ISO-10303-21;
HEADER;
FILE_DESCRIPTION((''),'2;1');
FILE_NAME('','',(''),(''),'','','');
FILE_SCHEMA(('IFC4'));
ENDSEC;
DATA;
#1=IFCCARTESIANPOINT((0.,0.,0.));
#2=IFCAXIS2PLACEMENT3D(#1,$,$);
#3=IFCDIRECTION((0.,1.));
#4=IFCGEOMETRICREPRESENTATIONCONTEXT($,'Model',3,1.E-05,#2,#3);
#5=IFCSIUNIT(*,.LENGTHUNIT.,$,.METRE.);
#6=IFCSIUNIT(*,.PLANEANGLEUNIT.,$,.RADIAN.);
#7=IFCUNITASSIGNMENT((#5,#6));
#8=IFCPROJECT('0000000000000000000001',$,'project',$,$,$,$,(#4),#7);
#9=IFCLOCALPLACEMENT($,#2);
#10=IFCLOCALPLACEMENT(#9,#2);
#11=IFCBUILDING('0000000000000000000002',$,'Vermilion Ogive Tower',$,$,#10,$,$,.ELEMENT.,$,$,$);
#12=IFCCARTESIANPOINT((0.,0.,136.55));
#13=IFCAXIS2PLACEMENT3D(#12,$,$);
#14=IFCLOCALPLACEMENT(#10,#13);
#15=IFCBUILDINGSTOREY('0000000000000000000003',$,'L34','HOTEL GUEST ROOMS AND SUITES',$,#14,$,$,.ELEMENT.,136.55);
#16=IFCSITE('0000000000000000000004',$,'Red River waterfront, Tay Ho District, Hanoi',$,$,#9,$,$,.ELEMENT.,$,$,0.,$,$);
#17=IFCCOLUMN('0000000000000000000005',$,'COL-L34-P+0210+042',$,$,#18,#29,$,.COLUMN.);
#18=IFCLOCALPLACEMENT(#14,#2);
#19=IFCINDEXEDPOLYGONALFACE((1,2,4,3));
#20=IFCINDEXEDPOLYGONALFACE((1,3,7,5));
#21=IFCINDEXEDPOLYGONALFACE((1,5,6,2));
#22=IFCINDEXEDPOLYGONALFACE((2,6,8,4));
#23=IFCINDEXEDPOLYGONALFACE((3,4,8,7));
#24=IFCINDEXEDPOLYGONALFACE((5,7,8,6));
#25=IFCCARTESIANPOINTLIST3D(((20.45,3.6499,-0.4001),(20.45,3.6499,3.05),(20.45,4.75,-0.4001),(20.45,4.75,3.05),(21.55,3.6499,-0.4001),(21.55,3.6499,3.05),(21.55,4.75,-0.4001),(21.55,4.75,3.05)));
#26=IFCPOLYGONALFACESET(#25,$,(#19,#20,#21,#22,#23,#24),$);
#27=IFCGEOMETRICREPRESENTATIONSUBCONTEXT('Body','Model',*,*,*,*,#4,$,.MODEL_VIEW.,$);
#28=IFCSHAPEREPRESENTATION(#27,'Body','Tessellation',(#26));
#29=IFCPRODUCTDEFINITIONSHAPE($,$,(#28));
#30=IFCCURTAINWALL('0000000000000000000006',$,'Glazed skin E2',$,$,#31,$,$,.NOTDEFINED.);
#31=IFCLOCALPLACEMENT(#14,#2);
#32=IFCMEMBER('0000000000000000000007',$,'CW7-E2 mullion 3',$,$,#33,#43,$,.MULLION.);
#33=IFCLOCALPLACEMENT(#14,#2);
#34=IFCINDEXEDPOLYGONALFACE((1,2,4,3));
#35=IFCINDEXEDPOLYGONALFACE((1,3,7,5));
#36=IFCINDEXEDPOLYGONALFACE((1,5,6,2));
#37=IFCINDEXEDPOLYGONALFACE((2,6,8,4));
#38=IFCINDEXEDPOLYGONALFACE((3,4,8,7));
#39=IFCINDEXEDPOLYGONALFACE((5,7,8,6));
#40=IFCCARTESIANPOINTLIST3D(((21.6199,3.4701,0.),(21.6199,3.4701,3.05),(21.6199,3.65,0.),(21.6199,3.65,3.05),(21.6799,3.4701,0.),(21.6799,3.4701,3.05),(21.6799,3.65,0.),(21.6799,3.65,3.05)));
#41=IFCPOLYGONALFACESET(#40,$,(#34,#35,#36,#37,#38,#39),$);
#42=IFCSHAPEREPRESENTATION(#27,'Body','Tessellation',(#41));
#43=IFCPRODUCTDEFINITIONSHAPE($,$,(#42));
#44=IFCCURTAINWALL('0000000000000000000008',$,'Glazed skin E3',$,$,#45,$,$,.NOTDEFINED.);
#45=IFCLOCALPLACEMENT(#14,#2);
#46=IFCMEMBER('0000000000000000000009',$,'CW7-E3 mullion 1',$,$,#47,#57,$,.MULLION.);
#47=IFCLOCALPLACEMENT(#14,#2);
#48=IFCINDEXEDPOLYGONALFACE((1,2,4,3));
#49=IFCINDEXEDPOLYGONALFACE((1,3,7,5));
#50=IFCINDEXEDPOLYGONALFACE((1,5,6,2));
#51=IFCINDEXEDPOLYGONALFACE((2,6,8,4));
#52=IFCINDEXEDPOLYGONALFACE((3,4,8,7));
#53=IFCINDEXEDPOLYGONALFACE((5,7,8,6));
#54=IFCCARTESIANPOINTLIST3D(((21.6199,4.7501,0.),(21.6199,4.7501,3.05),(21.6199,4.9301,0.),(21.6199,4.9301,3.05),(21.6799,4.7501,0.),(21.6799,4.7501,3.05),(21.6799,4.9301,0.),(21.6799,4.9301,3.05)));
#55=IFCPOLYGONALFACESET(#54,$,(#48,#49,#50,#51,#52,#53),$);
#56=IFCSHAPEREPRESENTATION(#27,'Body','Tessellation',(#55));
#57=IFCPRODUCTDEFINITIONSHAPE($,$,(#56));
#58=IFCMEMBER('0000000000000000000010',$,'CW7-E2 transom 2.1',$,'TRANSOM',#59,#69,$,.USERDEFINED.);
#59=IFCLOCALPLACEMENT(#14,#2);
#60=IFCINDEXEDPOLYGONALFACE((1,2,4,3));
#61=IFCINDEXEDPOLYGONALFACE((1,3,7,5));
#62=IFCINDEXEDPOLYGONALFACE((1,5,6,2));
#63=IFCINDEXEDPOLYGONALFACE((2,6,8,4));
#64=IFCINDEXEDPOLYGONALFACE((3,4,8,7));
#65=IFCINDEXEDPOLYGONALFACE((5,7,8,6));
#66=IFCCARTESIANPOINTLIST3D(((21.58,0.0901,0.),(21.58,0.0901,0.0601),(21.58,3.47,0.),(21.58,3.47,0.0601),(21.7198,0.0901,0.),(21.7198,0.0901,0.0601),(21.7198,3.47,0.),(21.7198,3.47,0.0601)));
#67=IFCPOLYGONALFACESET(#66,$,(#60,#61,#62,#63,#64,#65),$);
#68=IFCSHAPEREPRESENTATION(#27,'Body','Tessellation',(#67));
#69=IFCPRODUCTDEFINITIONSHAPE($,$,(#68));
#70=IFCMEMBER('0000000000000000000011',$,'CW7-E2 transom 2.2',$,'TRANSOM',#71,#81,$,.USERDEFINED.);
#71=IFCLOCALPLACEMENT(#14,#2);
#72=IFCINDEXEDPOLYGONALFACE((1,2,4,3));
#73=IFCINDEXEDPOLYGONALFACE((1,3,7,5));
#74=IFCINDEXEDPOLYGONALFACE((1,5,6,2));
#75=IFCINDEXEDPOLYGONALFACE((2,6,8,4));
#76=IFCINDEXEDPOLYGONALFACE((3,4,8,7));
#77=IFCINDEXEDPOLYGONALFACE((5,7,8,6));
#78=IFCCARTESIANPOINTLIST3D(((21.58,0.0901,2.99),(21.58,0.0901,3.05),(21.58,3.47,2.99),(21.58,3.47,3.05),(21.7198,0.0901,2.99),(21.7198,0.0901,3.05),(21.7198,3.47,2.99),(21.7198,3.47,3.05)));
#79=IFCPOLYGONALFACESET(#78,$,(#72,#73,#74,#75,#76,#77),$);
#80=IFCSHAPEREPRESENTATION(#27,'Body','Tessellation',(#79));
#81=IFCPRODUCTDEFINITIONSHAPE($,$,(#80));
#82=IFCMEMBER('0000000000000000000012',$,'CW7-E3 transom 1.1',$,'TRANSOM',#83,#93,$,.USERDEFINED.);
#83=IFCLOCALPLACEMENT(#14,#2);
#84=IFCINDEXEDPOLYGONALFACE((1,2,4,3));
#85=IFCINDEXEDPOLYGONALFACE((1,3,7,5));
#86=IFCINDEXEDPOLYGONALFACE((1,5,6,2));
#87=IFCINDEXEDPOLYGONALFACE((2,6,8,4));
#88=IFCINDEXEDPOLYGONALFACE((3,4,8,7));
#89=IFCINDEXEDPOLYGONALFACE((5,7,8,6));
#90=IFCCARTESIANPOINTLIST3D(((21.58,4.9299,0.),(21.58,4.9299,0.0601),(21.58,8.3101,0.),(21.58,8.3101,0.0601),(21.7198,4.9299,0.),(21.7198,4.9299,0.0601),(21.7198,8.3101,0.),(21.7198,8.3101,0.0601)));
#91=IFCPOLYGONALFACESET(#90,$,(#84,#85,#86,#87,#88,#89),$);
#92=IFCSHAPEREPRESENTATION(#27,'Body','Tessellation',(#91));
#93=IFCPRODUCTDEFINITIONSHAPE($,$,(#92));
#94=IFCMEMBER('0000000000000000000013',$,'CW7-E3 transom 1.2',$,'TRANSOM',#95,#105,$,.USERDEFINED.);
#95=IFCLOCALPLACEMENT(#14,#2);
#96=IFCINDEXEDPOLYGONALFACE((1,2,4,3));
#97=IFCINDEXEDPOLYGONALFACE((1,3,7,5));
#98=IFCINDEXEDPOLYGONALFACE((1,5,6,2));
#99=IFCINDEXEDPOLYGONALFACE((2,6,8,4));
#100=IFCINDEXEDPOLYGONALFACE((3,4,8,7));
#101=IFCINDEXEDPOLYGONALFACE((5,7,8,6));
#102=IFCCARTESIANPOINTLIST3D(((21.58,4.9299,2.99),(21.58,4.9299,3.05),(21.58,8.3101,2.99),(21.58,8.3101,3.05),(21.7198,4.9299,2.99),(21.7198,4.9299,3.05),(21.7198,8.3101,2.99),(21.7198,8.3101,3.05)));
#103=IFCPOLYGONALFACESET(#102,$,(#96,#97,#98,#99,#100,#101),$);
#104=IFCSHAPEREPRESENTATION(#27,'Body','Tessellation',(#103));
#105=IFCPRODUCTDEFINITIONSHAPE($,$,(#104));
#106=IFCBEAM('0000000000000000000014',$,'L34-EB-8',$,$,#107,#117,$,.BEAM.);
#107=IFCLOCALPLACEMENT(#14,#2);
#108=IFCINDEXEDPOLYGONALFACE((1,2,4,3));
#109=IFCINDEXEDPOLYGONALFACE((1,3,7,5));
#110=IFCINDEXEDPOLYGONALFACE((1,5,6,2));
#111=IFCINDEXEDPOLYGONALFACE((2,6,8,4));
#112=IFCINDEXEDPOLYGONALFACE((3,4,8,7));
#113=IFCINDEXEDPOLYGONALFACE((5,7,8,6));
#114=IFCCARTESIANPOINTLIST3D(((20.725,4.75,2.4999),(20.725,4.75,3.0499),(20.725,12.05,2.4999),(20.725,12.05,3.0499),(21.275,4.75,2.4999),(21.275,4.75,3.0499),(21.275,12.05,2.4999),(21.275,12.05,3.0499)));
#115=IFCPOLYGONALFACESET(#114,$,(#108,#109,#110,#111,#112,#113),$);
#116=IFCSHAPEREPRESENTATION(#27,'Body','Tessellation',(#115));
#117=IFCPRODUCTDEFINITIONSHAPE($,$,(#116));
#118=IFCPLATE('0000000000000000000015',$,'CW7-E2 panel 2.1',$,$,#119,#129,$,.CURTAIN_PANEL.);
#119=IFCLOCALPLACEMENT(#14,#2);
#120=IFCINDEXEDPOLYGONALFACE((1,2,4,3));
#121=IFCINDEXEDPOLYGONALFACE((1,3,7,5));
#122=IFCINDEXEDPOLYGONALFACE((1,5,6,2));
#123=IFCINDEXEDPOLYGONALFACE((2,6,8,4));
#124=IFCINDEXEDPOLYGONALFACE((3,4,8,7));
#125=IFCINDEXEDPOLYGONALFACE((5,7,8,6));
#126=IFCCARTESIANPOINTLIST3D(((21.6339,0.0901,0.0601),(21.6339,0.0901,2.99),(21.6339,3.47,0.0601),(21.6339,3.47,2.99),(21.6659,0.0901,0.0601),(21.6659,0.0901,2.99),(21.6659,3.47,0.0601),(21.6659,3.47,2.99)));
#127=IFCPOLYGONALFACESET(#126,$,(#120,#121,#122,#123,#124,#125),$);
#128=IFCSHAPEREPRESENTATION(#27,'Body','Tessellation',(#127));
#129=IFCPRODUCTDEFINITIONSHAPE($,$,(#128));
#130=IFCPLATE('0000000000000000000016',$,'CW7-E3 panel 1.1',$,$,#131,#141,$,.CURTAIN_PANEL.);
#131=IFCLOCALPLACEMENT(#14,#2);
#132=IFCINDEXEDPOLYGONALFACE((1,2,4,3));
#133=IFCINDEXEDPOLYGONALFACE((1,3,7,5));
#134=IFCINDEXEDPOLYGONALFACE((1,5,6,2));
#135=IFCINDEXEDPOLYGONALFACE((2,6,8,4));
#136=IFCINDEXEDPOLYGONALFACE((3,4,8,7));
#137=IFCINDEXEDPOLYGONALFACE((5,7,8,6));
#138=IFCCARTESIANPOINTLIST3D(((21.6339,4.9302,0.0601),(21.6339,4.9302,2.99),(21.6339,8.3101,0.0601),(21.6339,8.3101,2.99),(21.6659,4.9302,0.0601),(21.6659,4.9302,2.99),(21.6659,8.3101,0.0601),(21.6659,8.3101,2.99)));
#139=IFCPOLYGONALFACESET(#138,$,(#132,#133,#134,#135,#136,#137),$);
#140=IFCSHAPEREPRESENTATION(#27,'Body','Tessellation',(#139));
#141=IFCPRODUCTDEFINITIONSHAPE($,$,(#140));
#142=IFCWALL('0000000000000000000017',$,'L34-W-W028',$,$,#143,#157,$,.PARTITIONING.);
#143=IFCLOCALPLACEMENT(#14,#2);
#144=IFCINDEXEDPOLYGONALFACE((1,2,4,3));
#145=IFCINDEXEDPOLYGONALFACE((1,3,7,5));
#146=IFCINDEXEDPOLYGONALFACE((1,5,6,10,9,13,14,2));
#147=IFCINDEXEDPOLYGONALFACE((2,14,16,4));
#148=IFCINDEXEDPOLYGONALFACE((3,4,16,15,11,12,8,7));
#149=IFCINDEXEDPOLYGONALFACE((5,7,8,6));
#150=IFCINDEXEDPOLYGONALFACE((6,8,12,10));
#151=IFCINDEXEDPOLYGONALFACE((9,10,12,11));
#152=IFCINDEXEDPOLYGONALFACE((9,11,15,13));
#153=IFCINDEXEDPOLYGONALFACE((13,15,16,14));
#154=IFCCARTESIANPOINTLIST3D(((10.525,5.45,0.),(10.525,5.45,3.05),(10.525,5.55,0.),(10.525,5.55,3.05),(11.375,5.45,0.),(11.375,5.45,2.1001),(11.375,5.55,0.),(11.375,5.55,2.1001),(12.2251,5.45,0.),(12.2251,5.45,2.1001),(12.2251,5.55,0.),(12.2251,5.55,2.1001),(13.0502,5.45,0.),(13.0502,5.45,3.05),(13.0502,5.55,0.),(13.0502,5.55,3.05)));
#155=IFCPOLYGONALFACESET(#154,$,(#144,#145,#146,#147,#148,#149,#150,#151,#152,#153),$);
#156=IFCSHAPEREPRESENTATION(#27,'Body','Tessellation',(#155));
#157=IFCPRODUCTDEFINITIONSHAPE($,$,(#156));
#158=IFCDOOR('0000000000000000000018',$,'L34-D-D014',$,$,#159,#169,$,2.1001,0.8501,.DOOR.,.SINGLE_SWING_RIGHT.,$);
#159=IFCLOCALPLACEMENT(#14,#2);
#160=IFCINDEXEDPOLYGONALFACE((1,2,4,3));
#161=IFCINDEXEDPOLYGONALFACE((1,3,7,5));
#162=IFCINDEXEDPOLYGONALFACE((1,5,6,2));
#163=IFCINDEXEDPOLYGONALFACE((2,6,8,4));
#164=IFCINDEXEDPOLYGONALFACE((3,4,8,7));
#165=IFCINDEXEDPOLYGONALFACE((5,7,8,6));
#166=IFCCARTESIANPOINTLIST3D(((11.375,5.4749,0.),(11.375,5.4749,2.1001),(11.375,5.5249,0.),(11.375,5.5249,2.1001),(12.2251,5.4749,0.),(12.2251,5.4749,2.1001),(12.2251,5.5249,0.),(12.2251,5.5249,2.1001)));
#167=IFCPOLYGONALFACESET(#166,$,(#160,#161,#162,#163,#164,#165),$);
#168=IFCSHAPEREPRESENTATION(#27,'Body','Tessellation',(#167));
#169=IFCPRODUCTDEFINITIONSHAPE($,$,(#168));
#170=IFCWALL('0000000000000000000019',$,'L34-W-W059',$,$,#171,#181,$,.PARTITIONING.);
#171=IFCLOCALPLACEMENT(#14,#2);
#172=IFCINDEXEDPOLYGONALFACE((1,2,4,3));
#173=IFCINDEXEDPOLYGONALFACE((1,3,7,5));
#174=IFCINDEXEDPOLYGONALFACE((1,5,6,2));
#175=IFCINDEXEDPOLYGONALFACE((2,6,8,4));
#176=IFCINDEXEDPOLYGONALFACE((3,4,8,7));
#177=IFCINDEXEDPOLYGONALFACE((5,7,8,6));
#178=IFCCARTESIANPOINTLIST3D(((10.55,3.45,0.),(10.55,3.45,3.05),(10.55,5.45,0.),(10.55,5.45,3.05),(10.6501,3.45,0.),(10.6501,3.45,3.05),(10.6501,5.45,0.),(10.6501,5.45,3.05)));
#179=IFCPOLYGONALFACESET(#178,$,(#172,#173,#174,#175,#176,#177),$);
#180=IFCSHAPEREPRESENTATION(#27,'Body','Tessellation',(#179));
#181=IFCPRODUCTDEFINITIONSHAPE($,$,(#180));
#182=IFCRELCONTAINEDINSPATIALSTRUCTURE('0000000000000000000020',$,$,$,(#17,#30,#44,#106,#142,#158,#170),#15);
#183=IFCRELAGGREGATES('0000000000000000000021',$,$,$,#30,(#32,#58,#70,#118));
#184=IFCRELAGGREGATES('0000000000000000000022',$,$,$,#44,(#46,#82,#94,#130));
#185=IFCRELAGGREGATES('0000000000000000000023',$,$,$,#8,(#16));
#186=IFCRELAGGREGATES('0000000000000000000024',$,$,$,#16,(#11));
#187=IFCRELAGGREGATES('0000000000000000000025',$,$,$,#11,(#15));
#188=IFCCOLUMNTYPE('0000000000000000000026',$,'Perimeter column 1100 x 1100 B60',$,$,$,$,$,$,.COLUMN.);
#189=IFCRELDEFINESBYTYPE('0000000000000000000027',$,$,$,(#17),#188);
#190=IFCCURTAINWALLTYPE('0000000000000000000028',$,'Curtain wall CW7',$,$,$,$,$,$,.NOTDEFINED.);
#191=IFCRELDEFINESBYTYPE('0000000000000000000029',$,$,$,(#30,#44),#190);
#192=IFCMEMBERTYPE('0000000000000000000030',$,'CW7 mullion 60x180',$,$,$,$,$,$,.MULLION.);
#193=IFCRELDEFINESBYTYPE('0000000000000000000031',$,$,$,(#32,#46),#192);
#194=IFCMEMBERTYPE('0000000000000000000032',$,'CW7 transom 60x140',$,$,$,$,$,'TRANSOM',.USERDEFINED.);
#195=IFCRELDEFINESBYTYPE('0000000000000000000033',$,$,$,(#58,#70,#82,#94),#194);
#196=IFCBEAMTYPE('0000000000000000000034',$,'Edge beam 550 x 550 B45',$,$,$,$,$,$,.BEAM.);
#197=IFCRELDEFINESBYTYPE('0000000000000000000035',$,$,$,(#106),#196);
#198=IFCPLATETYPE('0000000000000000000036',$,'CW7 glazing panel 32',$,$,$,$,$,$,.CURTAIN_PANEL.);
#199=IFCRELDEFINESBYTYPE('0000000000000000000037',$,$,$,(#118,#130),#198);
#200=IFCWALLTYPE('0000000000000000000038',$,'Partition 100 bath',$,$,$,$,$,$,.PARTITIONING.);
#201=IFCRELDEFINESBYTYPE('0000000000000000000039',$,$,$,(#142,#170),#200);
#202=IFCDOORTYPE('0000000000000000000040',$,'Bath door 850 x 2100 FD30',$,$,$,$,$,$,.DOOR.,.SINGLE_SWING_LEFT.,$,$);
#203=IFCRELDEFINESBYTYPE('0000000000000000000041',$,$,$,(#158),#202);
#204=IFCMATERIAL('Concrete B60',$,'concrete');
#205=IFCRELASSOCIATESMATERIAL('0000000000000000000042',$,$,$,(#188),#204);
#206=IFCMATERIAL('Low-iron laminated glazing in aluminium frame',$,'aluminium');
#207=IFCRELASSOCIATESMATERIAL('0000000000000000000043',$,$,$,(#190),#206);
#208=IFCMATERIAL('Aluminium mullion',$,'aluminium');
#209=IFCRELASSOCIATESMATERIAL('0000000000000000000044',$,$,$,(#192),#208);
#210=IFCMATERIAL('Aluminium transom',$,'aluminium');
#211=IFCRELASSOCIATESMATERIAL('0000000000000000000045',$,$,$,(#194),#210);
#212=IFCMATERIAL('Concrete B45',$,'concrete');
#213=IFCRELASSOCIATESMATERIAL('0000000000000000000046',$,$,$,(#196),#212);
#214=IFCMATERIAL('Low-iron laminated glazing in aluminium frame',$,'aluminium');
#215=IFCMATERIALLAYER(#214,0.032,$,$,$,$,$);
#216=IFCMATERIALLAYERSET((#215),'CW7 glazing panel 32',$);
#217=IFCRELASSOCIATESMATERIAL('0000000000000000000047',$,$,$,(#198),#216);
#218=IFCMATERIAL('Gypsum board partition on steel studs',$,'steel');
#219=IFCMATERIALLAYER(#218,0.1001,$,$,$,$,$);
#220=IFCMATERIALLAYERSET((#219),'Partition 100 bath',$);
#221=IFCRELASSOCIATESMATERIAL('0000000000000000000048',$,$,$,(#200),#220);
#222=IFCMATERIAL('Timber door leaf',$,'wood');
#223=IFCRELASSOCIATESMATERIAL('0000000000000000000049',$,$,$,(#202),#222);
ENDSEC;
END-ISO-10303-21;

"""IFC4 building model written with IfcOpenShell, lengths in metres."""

from ifc_helpers import new_model, si_unit, direction, frame, frame_2d, origin, origin_2d, place, context, subcontext, project, spatial, rectangle, extrude, material, layer, layer_set, material_profile, profile_set, type_object, element, fill, aggregate, save


model = new_model("IFC4")

# Units and contexts
model_context = context("Model", 3, precision=1e-05, world=origin(), true_north=direction((0.0, 1.0)))
body_context = subcontext(model_context, "Body", "Model", "MODEL_VIEW")
ifc_project = project(units=[si_unit("LENGTHUNIT", "METRE"), si_unit("PLANEANGLEUNIT", "RADIAN")], contexts=[model_context])

# Site, building, storey
site_placement = place(None, origin())
site = spatial("IfcSite", under=ifc_project, at=site_placement, Name="Red River waterfront, Tay Ho District, Hanoi", CompositionType="ELEMENT", RefElevation=0.0)
building_placement = place(site_placement, origin())
building = spatial("IfcBuilding", under=site, at=building_placement, Name="Vermilion Ogive Tower", CompositionType="ELEMENT")
storey_placement = place(building_placement, frame((0.0, 0.0, 136.55)))
storey = spatial("IfcBuildingStorey", under=building, at=storey_placement, Name="L34", Description="HOTEL GUEST ROOMS AND SUITES", CompositionType="ELEMENT", Elevation=136.55)

# Column
ifc_material_1 = material(Name="Concrete B60", Category="concrete")
ifc_material_profile_1 = material_profile(ifc_material_1, rectangle(XDim=1.1001, YDim=1.1001, at=origin_2d()), Name="1100 x 1100")
ifc_profile_set_1 = profile_set([ifc_material_profile_1], Name="Concrete B60")
column_type = type_object("IfcColumnType", Name="Perimeter column 1100 x 1100 B60", PredefinedType="COLUMN", material=ifc_profile_set_1)
column_placement = place(storey_placement, frame((21.0, 4.2, -0.4001), z_axis=(0.0, 0.0, 1.0), x_axis=(1.0, 0.0, 0.0)))
element("IfcColumn", 1, at=column_placement, inside=storey, type_object=column_type, Name="COL-L34-P+0210+042", PredefinedType="COLUMN", context=body_context, shape_type="SweptSolid", body=[
    extrude(rectangle(XDim=1.1001, YDim=1.1001, at=origin_2d()), origin(), (0.0, 0.0, 1.0), 3.4502),
])

# Curtain walls, members
ifc_material_2 = material(Name="Low-iron laminated glazing in aluminium frame", Category="aluminium")
curtain_wall_type = type_object("IfcCurtainWallType", Name="Curtain wall CW7", PredefinedType="NOTDEFINED", material=ifc_material_2)
curtain_wall_1_placement = place(storey_placement, origin())
curtain_wall_1 = element("IfcCurtainWall", 2, at=curtain_wall_1_placement, inside=storey, type_object=curtain_wall_type, Name="Glazed skin E2", PredefinedType="NOTDEFINED")
ifc_material_3 = material(Name="Aluminium mullion", Category="aluminium")
ifc_material_profile_2 = material_profile(ifc_material_3, rectangle(XDim=0.0601, YDim=0.1799, at=origin_2d()), Name="AL 60x180")
ifc_profile_set_2 = profile_set([ifc_material_profile_2], Name="Aluminium mullion")
member_type_1 = type_object("IfcMemberType", Name="CW7 mullion 60x180", PredefinedType="MULLION", material=ifc_profile_set_2)
member_1_placement = place(storey_placement, frame((21.6499, 3.5601, 0.0), z_axis=(0.0, 0.0, 1.0), x_axis=(-1.0, 0.0, 0.0)))
member_1 = element("IfcMember", 3, at=member_1_placement, type_object=member_type_1, Name="CW7-E2 mullion 3", PredefinedType="MULLION", context=body_context, shape_type="SweptSolid", body=[
    extrude(rectangle(XDim=0.0601, YDim=0.1799, at=origin_2d()), origin(), (0.0, 0.0, 1.0), 3.05),
])
curtain_wall_2_placement = place(storey_placement, origin())
curtain_wall_2 = element("IfcCurtainWall", 4, at=curtain_wall_2_placement, inside=storey, type_object=curtain_wall_type, Name="Glazed skin E3", PredefinedType="NOTDEFINED")
member_2_placement = place(storey_placement, frame((21.6499, 4.8401, 0.0), z_axis=(0.0, 0.0, 1.0), x_axis=(-1.0, 0.0, 0.0)))
member_2 = element("IfcMember", 5, at=member_2_placement, type_object=member_type_1, Name="CW7-E3 mullion 1", PredefinedType="MULLION", context=body_context, shape_type="SweptSolid", body=[
    extrude(rectangle(XDim=0.0601, YDim=0.1799, at=origin_2d()), origin(), (0.0, 0.0, 1.0), 3.05),
])

# Members
ifc_material_4 = material(Name="Aluminium transom", Category="aluminium")
ifc_material_profile_3 = material_profile(ifc_material_4, rectangle(XDim=0.1399, YDim=0.0601, at=origin_2d()), Name="AL 60x140")
ifc_profile_set_3 = profile_set([ifc_material_profile_3], Name="Aluminium transom")
member_type_2 = type_object("IfcMemberType", Name="CW7 transom 60x140", ElementType="TRANSOM", PredefinedType="USERDEFINED", material=ifc_profile_set_3)
member_3_placement = place(storey_placement, frame((21.6499, 0.0901, 0.03), z_axis=(0.0, 1.0, 0.0), x_axis=(-1.0, 0.0, 0.0)))
member_3 = element("IfcMember", 6, at=member_3_placement, type_object=member_type_2, Name="CW7-E2 transom 2.1", ObjectType="TRANSOM", PredefinedType="USERDEFINED", context=body_context, shape_type="SweptSolid", body=[
    extrude(rectangle(XDim=0.1399, YDim=0.0601, at=origin_2d()), origin(), (0.0, 0.0, 1.0), 3.3799),
])
member_4_placement = place(storey_placement, frame((21.6499, 0.0901, 3.02), z_axis=(0.0, 1.0, 0.0), x_axis=(-1.0, 0.0, 0.0)))
member_4 = element("IfcMember", 7, at=member_4_placement, type_object=member_type_2, Name="CW7-E2 transom 2.2", ObjectType="TRANSOM", PredefinedType="USERDEFINED", context=body_context, shape_type="SweptSolid", body=[
    extrude(rectangle(XDim=0.1399, YDim=0.0601, at=origin_2d()), origin(), (0.0, 0.0, 1.0), 3.3799),
])
member_5_placement = place(storey_placement, frame((21.6499, 4.9299, 0.03), z_axis=(0.0, 1.0, 0.0), x_axis=(-1.0, 0.0, 0.0)))
member_5 = element("IfcMember", 8, at=member_5_placement, type_object=member_type_2, Name="CW7-E3 transom 1.1", ObjectType="TRANSOM", PredefinedType="USERDEFINED", context=body_context, shape_type="SweptSolid", body=[
    extrude(rectangle(XDim=0.1399, YDim=0.0601, at=origin_2d()), origin(), (0.0, 0.0, 1.0), 3.3801),
])
member_6_placement = place(storey_placement, frame((21.6499, 4.9299, 3.02), z_axis=(0.0, 1.0, 0.0), x_axis=(-1.0, 0.0, 0.0)))
member_6 = element("IfcMember", 9, at=member_6_placement, type_object=member_type_2, Name="CW7-E3 transom 1.2", ObjectType="TRANSOM", PredefinedType="USERDEFINED", context=body_context, shape_type="SweptSolid", body=[
    extrude(rectangle(XDim=0.1399, YDim=0.0601, at=origin_2d()), origin(), (0.0, 0.0, 1.0), 3.3801),
])

# Beam
ifc_material_5 = material(Name="Concrete B45", Category="concrete")
ifc_material_profile_4 = material_profile(ifc_material_5, rectangle(XDim=0.55, YDim=0.55, at=origin_2d()), Name="550 x 550")
ifc_profile_set_4 = profile_set([ifc_material_profile_4], Name="Concrete B45")
beam_type = type_object("IfcBeamType", Name="Edge beam 550 x 550 B45", PredefinedType="BEAM", material=ifc_profile_set_4)
beam_placement = place(storey_placement, frame((21.0, 4.75, 2.7749), z_axis=(0.0, 1.0, 0.0), x_axis=(-1.0, 0.0, 0.0)))
element("IfcBeam", 10, at=beam_placement, inside=storey, type_object=beam_type, Name="L34-EB-8", PredefinedType="BEAM", context=body_context, shape_type="SweptSolid", body=[
    extrude(rectangle(XDim=0.55, YDim=0.55, at=origin_2d()), origin(), (0.0, 0.0, 1.0), 7.3),
])

# Plates
ifc_material_6 = material(Name="Low-iron laminated glazing in aluminium frame", Category="aluminium")
ifc_layer_1 = layer(ifc_material_6, 0.032)
ifc_layer_set_1 = layer_set([ifc_layer_1], Name="CW7 glazing panel 32")
plate_type = type_object("IfcPlateType", Name="CW7 glazing panel 32", PredefinedType="CURTAIN_PANEL", material=ifc_layer_set_1)
plate_1_placement = place(storey_placement, frame((21.6499, 1.78, 0.0601), z_axis=(0.0, 0.0, 1.0), x_axis=(0.0, 1.0, 0.0)))
plate_1 = element("IfcPlate", 11, at=plate_1_placement, type_object=plate_type, Name="CW7-E2 panel 2.1", PredefinedType="CURTAIN_PANEL", context=body_context, shape_type="SweptSolid", body=[
    extrude(rectangle(XDim=3.3799, YDim=0.032, at=origin_2d()), origin(), (0.0, 0.0, 1.0), 2.9299),
])
aggregate(curtain_wall_1, [member_1, member_3, member_4, plate_1])
plate_2_placement = place(storey_placement, frame((21.6499, 6.6201, 0.0601), z_axis=(0.0, 0.0, 1.0), x_axis=(0.0, 1.0, 0.0)))
plate_2 = element("IfcPlate", 12, at=plate_2_placement, type_object=plate_type, Name="CW7-E3 panel 1.1", PredefinedType="CURTAIN_PANEL", context=body_context, shape_type="SweptSolid", body=[
    extrude(rectangle(XDim=3.3799, YDim=0.032, at=origin_2d()), origin(), (0.0, 0.0, 1.0), 2.9299),
])
aggregate(curtain_wall_2, [member_2, member_5, member_6, plate_2])

# Wall, opening, door
ifc_material_7 = material(Name="Gypsum board partition on steel studs", Category="steel")
ifc_layer_2 = layer(ifc_material_7, 0.1001)
ifc_layer_set_2 = layer_set([ifc_layer_2], Name="Partition 100 bath")
wall_type_1 = type_object("IfcWallType", Name="Partition 100 bath", PredefinedType="PARTITIONING", material=ifc_layer_set_2)
wall_1_placement = place(storey_placement, frame((10.5249, 5.5, 0.0), z_axis=(0.0, 0.0, 1.0), x_axis=(1.0, 0.0, 0.0)))
wall_1 = element("IfcWall", 13, at=wall_1_placement, inside=storey, type_object=wall_type_1, Name="L34-W-W028", PredefinedType="PARTITIONING", context=body_context, shape_type="SweptSolid", body=[
    extrude(rectangle(XDim=2.5251, YDim=0.1001, at=frame_2d((1.2627, 0.0))), origin(), (0.0, 0.0, 1.0), 3.05),
])
opening_placement = place(wall_1_placement, frame((0.8501, 0.0, 0.0)))
opening = element("IfcOpeningElement", 14, at=opening_placement, cuts=wall_1, PredefinedType="OPENING", context=body_context, shape_type="SweptSolid", body=[
    extrude(rectangle(XDim=0.8501, YDim=2.1001, at=frame_2d((0.425, 1.05))), frame((0.0, 0.0601, 0.0), z_axis=(0.0, -1.0, 0.0), x_axis=(1.0, 0.0, 0.0)), (0.0, 0.0, 1.0), 0.1201),
])
ifc_material_8 = material(Name="Timber door leaf", Category="wood")
door_type = type_object("IfcDoorType", Name="Bath door 850 x 2100 FD30", OperationType="SINGLE_SWING_LEFT", PredefinedType="DOOR", material=ifc_material_8)
door_placement = place(opening_placement, origin())
door = element("IfcDoor", 15, at=door_placement, inside=storey, type_object=door_type, Name="L34-D-D014", OperationType="SINGLE_SWING_RIGHT", OverallHeight=2.1001, OverallWidth=0.8501, PredefinedType="DOOR", context=body_context, shape_type="SweptSolid", body=[
    extrude(rectangle(XDim=0.8501, YDim=2.1001, at=frame_2d((0.425, 1.05))), frame((0.0, 0.0249, 0.0), z_axis=(0.0, -1.0, 0.0), x_axis=(1.0, 0.0, 0.0)), (0.0, 0.0, 1.0), 0.05),
])
fill(opening, door)

# Wall
wall_2_placement = place(storey_placement, frame((10.6001, 3.45, 0.0), z_axis=(0.0, 0.0, 1.0), x_axis=(0.0, 1.0, 0.0)))
element("IfcWall", 16, at=wall_2_placement, inside=storey, type_object=wall_type_1, Name="L34-W-W059", PredefinedType="PARTITIONING", context=body_context, shape_type="SweptSolid", body=[
    extrude(rectangle(XDim=2.0, YDim=0.1001, at=frame_2d((1.0, 0.0))), origin(), (0.0, 0.0, 1.0), 3.05),
])

save(model, "model.ifc")
